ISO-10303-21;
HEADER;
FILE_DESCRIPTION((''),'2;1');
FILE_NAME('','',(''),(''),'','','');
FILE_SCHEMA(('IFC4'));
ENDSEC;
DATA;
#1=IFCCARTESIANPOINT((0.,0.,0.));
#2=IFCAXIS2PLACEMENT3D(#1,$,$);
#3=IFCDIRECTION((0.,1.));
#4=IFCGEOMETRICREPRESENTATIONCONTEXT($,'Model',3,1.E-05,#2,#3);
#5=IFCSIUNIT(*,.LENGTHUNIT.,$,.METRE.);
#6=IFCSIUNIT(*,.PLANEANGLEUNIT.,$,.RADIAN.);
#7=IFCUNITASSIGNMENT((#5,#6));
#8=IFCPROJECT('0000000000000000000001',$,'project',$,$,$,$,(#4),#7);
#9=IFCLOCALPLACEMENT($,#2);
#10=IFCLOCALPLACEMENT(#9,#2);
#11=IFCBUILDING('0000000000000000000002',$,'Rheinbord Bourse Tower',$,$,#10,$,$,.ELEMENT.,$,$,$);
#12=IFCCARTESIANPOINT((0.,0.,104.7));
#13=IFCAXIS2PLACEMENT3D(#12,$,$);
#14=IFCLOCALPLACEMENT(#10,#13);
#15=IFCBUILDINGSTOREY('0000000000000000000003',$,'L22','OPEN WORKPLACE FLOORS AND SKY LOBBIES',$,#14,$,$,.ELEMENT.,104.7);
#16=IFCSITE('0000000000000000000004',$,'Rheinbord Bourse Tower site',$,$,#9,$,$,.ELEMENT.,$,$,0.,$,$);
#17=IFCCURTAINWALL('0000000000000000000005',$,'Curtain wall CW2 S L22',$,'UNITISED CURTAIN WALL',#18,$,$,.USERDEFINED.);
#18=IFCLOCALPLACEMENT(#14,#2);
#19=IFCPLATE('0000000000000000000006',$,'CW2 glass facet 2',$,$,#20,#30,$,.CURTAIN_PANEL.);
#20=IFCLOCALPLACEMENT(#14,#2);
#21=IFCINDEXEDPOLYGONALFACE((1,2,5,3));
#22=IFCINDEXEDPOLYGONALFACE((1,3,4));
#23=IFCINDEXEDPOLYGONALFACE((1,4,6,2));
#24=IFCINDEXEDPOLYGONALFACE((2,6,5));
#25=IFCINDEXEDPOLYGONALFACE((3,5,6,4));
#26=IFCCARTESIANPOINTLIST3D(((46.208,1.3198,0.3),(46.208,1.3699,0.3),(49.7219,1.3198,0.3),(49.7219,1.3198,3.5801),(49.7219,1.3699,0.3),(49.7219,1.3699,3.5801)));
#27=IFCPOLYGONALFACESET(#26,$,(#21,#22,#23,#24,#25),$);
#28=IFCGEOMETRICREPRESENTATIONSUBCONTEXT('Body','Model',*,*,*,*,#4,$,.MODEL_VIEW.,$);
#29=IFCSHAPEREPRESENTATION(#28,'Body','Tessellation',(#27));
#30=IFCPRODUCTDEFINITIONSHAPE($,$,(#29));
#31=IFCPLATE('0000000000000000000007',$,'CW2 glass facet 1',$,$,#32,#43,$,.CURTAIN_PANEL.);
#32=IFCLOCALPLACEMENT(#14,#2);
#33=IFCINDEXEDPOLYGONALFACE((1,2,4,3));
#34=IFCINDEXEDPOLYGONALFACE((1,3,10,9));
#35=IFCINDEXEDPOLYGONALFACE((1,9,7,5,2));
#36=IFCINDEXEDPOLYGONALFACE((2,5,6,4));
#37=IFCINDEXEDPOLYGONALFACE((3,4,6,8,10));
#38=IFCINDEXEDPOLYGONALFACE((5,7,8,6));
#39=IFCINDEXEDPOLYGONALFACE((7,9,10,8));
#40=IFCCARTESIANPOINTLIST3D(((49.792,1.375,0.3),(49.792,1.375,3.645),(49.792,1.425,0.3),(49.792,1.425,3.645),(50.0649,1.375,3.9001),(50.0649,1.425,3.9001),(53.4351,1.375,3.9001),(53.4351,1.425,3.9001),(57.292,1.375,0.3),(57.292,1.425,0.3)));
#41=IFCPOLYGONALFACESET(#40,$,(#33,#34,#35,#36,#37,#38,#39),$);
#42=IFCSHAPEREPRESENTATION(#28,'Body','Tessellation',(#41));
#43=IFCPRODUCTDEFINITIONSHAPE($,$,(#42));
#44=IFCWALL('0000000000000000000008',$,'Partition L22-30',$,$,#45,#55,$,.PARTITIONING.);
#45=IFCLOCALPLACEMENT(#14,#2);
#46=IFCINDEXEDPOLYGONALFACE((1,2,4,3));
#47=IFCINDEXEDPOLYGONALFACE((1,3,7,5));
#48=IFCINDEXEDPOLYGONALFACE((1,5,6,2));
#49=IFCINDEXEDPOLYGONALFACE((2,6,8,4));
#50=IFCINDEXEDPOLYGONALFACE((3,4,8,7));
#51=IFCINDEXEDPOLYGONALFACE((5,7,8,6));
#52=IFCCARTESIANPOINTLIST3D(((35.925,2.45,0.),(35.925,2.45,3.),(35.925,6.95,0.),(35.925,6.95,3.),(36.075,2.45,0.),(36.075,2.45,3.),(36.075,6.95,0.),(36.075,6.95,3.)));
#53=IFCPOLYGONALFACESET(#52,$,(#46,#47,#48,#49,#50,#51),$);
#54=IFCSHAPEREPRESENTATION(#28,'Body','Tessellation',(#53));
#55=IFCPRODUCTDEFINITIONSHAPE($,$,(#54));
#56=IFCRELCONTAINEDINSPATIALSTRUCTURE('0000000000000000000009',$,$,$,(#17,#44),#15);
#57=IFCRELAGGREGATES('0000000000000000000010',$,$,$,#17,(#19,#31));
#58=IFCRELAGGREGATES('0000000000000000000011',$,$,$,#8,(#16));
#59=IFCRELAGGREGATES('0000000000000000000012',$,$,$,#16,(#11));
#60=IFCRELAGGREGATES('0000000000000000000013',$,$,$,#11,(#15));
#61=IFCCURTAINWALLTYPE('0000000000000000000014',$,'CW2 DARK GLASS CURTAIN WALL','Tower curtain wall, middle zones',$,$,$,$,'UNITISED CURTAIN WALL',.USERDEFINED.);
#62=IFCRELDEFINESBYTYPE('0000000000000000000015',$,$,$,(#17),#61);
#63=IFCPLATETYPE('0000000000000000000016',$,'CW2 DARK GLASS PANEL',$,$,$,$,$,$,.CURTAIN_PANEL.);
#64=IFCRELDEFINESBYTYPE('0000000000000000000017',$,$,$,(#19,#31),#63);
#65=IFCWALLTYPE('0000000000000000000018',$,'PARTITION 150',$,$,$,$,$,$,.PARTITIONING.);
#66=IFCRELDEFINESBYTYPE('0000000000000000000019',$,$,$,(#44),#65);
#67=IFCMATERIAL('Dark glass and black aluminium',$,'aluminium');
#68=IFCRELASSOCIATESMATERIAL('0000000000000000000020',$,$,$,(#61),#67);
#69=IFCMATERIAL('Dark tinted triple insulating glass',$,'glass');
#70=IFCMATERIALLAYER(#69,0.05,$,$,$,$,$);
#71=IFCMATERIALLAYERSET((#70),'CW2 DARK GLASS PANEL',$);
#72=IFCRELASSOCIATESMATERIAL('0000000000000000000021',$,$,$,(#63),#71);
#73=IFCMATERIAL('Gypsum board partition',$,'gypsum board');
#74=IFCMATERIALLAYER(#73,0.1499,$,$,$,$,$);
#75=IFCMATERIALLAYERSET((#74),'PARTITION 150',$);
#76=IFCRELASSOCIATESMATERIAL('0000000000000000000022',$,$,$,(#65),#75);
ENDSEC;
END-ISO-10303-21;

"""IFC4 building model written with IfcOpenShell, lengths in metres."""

from ifc_helpers import new_model, si_unit, direction, frame, frame_2d, origin, place, context, subcontext, project, spatial, polyline, rectangle, outline, extrude, material, layer, layer_set, type_object, element, aggregate, save


model = new_model("IFC4")

# Units and contexts
model_context = context("Model", 3, precision=1e-05, world=origin(), true_north=direction((0.0, 1.0)))
body_context = subcontext(model_context, "Body", "Model", "MODEL_VIEW")
ifc_project = project(units=[si_unit("LENGTHUNIT", "METRE"), si_unit("PLANEANGLEUNIT", "RADIAN")], contexts=[model_context])

# Site, building, storey
site_placement = place(None, origin())
site = spatial("IfcSite", under=ifc_project, at=site_placement, Name="Rheinbord Bourse Tower site", CompositionType="ELEMENT", RefElevation=0.0)
building_placement = place(site_placement, origin())
building = spatial("IfcBuilding", under=site, at=building_placement, Name="Rheinbord Bourse Tower", CompositionType="ELEMENT")
storey_placement = place(building_placement, frame((0.0, 0.0, 104.7)))
storey = spatial("IfcBuildingStorey", under=building, at=storey_placement, Name="L22", Description="OPEN WORKPLACE FLOORS AND SKY LOBBIES", CompositionType="ELEMENT", Elevation=104.7)

# Curtain wall
ifc_material_1 = material(Name="Dark glass and black aluminium", Category="aluminium")
curtain_wall_type = type_object("IfcCurtainWallType", Name="CW2 DARK GLASS CURTAIN WALL", Description="Tower curtain wall, middle zones", ElementType="UNITISED CURTAIN WALL", PredefinedType="USERDEFINED", material=ifc_material_1)
curtain_wall_placement = place(storey_placement, origin())
curtain_wall = element("IfcCurtainWall", 1, at=curtain_wall_placement, inside=storey, type_object=curtain_wall_type, Name="Curtain wall CW2 S L22", ObjectType="UNITISED CURTAIN WALL", PredefinedType="USERDEFINED")

# Plates
ifc_material_2 = material(Name="Dark tinted triple insulating glass", Category="glass")
ifc_layer_1 = layer(ifc_material_2, 0.05)
ifc_layer_set_1 = layer_set([ifc_layer_1], Name="CW2 DARK GLASS PANEL")
plate_type = type_object("IfcPlateType", Name="CW2 DARK GLASS PANEL", PredefinedType="CURTAIN_PANEL", material=ifc_layer_set_1)
plate_1_placement = place(storey_placement, frame((49.7219, 1.3198, 0.3), z_axis=(0.0, 1.0, 0.0), x_axis=(-1.0, 0.0, 0.0)))
plate_1 = element("IfcPlate", 2, at=plate_1_placement, type_object=plate_type, Name="CW2 glass facet 2", PredefinedType="CURTAIN_PANEL", context=body_context, shape_type="SweptSolid", body=[
    extrude(outline(polyline([(0.0, 0.0), (3.5139, 0.0), (0.0, 3.28), (0.0, 0.0)])), origin(), (0.0, 0.0, 1.0), 0.05),
])
plate_2_placement = place(storey_placement, frame((49.792, 1.375, 0.3), z_axis=(0.0, 1.0, 0.0), x_axis=(0.0, 0.0, 1.0)))
plate_2 = element("IfcPlate", 3, at=plate_2_placement, type_object=plate_type, Name="CW2 glass facet 1", PredefinedType="CURTAIN_PANEL", context=body_context, shape_type="SweptSolid", body=[
    extrude(outline(polyline([(0.0, 0.0), (3.345, 0.0), (3.6001, 0.2729), (3.6001, 3.6431), (0.0, 7.5), (0.0, 0.0)])), origin(), (0.0, 0.0, 1.0), 0.05),
])
aggregate(curtain_wall, [plate_1, plate_2])

# Wall
ifc_material_3 = material(Name="Gypsum board partition", Category="gypsum board")
ifc_layer_2 = layer(ifc_material_3, 0.1499)
ifc_layer_set_2 = layer_set([ifc_layer_2], Name="PARTITION 150")
wall_type = type_object("IfcWallType", Name="PARTITION 150", PredefinedType="PARTITIONING", material=ifc_layer_set_2)
wall_placement = place(storey_placement, frame((36.0, 2.45, 0.0), z_axis=(0.0, 0.0, 1.0), x_axis=(0.0, 1.0, 0.0)))
element("IfcWall", 4, at=wall_placement, inside=storey, type_object=wall_type, Name="Partition L22-30", PredefinedType="PARTITIONING", context=body_context, shape_type="SweptSolid", body=[
    extrude(rectangle(XDim=4.5, YDim=0.1499, at=frame_2d((2.25, 0.0))), origin(), (0.0, 0.0, 1.0), 3.0),
])

save(model, "model.ifc")
